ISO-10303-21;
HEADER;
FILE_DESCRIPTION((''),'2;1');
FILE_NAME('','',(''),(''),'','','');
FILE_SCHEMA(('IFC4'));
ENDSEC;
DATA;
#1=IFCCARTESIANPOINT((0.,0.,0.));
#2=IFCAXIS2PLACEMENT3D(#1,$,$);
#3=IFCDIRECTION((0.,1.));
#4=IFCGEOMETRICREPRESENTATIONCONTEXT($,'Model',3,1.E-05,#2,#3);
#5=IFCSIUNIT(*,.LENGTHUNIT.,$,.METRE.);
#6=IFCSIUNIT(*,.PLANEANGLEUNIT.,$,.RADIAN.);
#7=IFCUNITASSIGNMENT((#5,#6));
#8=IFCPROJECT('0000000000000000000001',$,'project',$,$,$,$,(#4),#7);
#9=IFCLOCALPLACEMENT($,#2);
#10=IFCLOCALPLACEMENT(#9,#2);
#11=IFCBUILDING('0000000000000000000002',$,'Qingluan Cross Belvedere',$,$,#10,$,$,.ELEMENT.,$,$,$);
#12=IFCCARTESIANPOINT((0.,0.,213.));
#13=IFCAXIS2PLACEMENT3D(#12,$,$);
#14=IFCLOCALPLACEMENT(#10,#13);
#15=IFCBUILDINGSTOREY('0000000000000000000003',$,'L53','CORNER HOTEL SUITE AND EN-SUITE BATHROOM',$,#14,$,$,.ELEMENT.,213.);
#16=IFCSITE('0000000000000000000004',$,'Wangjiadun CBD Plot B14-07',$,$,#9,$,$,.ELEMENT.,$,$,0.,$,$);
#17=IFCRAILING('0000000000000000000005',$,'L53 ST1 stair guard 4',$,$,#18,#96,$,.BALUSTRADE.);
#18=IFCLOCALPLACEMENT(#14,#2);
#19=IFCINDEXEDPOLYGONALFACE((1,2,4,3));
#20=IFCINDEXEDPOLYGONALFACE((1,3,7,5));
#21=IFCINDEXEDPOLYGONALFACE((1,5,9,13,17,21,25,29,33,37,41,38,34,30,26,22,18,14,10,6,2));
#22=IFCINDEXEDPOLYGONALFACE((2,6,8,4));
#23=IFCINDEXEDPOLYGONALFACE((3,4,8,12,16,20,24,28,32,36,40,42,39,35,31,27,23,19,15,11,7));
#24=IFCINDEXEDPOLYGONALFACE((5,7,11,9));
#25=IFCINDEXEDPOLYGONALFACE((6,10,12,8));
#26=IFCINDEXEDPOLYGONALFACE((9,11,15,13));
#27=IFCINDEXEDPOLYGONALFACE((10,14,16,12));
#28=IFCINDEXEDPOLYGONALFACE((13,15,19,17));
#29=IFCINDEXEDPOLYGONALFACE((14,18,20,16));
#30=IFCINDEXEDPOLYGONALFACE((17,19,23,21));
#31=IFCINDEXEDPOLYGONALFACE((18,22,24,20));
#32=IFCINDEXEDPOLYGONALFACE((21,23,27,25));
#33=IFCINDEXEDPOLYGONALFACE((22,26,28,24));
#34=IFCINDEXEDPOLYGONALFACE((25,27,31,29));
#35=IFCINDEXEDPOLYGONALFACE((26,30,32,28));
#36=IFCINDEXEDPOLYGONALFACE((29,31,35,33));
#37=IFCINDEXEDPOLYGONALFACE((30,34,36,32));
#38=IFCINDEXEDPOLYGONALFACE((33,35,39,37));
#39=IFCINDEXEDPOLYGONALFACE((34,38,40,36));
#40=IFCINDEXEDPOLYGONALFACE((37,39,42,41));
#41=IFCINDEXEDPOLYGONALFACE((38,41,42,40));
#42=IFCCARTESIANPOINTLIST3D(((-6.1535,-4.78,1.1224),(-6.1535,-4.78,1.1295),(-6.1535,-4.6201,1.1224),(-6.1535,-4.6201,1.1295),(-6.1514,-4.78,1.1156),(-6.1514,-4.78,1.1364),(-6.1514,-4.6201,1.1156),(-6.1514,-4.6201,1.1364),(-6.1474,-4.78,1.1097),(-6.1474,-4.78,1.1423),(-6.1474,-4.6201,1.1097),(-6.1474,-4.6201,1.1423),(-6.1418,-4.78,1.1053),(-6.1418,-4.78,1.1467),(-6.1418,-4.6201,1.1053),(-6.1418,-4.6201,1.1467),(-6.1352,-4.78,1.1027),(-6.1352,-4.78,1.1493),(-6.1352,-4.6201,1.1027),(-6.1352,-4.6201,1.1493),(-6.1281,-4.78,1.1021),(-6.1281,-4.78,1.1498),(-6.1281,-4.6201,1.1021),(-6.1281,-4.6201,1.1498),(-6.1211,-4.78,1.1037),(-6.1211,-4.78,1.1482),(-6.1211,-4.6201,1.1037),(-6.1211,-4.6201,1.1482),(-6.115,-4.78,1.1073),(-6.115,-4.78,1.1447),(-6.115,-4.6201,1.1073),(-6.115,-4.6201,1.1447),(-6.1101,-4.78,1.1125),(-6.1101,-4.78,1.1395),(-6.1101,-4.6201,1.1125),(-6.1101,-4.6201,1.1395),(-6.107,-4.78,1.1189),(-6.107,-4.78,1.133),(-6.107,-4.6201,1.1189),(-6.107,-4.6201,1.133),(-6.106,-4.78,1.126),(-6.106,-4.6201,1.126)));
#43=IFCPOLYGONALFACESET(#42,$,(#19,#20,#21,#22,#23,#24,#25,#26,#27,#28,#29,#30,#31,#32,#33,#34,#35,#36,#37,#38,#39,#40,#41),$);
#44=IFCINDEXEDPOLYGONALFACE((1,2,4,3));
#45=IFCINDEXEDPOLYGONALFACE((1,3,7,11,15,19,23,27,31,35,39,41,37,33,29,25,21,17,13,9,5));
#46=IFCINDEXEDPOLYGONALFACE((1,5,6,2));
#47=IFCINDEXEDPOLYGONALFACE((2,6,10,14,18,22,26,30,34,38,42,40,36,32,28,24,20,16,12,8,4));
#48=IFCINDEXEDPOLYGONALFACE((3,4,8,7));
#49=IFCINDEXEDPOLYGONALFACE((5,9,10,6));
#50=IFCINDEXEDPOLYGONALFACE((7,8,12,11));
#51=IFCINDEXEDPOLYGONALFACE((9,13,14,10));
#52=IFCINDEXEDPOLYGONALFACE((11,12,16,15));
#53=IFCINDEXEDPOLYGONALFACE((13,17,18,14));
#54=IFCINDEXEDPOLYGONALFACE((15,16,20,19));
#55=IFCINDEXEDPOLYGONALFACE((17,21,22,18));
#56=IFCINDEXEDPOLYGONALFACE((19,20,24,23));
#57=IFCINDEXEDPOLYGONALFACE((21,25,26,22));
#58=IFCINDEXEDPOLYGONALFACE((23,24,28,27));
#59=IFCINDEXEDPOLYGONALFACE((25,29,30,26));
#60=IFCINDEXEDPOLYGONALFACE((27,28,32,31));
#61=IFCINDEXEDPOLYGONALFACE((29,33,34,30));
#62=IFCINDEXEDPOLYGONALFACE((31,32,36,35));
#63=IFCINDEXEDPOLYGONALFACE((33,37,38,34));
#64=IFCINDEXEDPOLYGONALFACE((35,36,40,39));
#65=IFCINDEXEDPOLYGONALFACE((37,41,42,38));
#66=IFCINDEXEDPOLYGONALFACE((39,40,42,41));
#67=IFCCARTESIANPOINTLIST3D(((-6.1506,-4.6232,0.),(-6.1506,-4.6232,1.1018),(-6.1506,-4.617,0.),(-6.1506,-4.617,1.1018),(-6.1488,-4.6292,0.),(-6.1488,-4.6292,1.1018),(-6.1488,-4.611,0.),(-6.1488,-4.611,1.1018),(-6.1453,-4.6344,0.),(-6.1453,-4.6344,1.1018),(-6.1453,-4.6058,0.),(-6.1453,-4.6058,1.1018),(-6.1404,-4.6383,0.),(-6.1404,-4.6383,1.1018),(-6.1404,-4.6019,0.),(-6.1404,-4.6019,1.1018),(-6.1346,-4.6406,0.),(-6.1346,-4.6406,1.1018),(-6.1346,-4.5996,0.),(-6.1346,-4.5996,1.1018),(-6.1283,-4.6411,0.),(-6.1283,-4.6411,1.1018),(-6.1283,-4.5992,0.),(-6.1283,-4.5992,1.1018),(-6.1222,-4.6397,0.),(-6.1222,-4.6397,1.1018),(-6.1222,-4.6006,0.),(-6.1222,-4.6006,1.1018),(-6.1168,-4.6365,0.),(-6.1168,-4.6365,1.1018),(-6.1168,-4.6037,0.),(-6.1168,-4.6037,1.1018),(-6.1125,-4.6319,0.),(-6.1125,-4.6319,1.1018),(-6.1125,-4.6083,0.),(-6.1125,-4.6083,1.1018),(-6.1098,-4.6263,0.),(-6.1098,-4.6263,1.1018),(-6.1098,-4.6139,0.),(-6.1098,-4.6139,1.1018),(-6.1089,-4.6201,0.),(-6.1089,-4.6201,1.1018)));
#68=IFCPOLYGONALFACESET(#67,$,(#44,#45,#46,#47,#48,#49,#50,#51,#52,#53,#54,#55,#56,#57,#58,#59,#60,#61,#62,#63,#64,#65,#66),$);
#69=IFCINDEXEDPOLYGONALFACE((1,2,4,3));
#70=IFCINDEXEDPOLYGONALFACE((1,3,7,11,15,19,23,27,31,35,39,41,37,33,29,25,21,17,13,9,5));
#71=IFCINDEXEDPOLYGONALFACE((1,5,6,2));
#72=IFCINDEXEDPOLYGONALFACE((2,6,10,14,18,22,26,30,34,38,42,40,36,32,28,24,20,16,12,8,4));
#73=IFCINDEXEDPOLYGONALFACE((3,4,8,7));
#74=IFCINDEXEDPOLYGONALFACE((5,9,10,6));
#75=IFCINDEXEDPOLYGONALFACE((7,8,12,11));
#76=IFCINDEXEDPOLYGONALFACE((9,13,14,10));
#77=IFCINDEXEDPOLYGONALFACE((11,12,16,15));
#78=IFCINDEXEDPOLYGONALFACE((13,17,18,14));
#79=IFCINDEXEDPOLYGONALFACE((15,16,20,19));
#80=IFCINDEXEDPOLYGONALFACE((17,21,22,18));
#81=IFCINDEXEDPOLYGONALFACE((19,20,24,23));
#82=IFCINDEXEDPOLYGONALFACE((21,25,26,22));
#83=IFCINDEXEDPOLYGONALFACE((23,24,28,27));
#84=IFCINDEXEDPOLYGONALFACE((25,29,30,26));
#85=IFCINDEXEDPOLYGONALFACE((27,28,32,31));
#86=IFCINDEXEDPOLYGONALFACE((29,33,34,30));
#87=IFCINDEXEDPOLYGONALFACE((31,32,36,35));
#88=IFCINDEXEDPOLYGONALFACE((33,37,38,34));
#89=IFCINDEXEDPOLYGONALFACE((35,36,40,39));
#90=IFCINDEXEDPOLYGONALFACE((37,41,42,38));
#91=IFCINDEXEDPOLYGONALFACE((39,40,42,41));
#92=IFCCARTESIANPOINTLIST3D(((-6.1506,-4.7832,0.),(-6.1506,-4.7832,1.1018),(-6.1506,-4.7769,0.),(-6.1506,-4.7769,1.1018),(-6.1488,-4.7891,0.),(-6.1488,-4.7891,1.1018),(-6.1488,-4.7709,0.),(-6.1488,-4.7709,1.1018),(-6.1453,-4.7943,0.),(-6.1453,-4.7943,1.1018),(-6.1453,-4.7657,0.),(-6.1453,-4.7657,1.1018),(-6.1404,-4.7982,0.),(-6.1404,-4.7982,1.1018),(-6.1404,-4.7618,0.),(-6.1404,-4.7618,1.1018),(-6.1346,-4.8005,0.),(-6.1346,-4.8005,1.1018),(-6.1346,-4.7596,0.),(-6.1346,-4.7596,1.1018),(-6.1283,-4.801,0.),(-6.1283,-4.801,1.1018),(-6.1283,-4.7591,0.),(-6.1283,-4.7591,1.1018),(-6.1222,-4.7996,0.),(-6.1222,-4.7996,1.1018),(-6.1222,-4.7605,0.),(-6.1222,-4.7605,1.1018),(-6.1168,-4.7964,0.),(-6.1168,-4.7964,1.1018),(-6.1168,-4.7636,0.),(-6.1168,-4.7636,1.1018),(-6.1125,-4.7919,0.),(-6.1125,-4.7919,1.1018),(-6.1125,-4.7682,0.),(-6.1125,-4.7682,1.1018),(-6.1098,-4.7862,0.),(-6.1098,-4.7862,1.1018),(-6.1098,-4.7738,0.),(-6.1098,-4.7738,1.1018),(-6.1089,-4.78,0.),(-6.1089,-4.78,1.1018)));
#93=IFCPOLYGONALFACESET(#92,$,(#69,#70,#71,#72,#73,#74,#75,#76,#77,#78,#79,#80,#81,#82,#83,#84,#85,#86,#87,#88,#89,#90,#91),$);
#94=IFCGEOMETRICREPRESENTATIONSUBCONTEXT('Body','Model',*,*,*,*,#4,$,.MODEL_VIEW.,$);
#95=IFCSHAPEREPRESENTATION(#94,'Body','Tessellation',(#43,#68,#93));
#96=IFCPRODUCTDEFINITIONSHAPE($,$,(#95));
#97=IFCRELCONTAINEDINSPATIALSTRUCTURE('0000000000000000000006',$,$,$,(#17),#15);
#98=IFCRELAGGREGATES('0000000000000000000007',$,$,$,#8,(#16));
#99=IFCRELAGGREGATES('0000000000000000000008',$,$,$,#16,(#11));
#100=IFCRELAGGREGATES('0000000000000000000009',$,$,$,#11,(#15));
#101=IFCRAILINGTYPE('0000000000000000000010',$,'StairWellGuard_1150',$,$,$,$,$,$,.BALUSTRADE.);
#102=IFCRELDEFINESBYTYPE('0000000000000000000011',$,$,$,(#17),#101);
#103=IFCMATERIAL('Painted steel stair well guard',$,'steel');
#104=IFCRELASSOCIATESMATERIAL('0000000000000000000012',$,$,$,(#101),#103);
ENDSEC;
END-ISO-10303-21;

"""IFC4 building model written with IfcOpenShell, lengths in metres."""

from ifc_helpers import new_model, si_unit, direction, frame, origin, origin_2d, place, context, subcontext, project, spatial, circle, extrude, material, type_object, element, save


model = new_model("IFC4")

# Units and contexts
model_context = context("Model", 3, precision=1e-05, world=origin(), true_north=direction((0.0, 1.0)))
body_context = subcontext(model_context, "Body", "Model", "MODEL_VIEW")
ifc_project = project(units=[si_unit("LENGTHUNIT", "METRE"), si_unit("PLANEANGLEUNIT", "RADIAN")], contexts=[model_context])

# Site, building, storey
site_placement = place(None, origin())
site = spatial("IfcSite", under=ifc_project, at=site_placement, Name="Wangjiadun CBD Plot B14-07", CompositionType="ELEMENT", RefElevation=0.0)
building_placement = place(site_placement, origin())
building = spatial("IfcBuilding", under=site, at=building_placement, Name="Qingluan Cross Belvedere", CompositionType="ELEMENT")
storey_placement = place(building_placement, frame((0.0, 0.0, 213.0)))
storey = spatial("IfcBuildingStorey", under=building, at=storey_placement, Name="L53", Description="CORNER HOTEL SUITE AND EN-SUITE BATHROOM", CompositionType="ELEMENT", Elevation=213.0)

# Railing
ifc_material_1 = material(Name="Painted steel stair well guard", Category="steel")
railing_type_1 = type_object("IfcRailingType", Name="StairWellGuard_1150", PredefinedType="BALUSTRADE", material=ifc_material_1)
railing_1_placement = place(storey_placement, frame((-6.1299, -4.6201, 0.0)))
element("IfcRailing", 1, at=railing_1_placement, inside=storey, type_object=railing_type_1, Name="L53 ST1 stair guard 4", PredefinedType="BALUSTRADE", context=body_context, shape_type="SweptSolid", body=[
    extrude(circle(Radius=0.0239, at=origin_2d()), frame((0.0, 0.0, 1.126), z_axis=(0.0, -1.0, 0.0), x_axis=(1.0, 0.0, 0.0)), (0.0, 0.0, 1.0), 0.1599),
    extrude(circle(Radius=0.021, at=origin_2d()), origin(), (0.0, 0.0, 1.0), 1.1018),
    extrude(circle(Radius=0.021, at=origin_2d()), frame((0.0, -0.1599, 0.0)), (0.0, 0.0, 1.0), 1.1018),
])

save(model, "model.ifc")
